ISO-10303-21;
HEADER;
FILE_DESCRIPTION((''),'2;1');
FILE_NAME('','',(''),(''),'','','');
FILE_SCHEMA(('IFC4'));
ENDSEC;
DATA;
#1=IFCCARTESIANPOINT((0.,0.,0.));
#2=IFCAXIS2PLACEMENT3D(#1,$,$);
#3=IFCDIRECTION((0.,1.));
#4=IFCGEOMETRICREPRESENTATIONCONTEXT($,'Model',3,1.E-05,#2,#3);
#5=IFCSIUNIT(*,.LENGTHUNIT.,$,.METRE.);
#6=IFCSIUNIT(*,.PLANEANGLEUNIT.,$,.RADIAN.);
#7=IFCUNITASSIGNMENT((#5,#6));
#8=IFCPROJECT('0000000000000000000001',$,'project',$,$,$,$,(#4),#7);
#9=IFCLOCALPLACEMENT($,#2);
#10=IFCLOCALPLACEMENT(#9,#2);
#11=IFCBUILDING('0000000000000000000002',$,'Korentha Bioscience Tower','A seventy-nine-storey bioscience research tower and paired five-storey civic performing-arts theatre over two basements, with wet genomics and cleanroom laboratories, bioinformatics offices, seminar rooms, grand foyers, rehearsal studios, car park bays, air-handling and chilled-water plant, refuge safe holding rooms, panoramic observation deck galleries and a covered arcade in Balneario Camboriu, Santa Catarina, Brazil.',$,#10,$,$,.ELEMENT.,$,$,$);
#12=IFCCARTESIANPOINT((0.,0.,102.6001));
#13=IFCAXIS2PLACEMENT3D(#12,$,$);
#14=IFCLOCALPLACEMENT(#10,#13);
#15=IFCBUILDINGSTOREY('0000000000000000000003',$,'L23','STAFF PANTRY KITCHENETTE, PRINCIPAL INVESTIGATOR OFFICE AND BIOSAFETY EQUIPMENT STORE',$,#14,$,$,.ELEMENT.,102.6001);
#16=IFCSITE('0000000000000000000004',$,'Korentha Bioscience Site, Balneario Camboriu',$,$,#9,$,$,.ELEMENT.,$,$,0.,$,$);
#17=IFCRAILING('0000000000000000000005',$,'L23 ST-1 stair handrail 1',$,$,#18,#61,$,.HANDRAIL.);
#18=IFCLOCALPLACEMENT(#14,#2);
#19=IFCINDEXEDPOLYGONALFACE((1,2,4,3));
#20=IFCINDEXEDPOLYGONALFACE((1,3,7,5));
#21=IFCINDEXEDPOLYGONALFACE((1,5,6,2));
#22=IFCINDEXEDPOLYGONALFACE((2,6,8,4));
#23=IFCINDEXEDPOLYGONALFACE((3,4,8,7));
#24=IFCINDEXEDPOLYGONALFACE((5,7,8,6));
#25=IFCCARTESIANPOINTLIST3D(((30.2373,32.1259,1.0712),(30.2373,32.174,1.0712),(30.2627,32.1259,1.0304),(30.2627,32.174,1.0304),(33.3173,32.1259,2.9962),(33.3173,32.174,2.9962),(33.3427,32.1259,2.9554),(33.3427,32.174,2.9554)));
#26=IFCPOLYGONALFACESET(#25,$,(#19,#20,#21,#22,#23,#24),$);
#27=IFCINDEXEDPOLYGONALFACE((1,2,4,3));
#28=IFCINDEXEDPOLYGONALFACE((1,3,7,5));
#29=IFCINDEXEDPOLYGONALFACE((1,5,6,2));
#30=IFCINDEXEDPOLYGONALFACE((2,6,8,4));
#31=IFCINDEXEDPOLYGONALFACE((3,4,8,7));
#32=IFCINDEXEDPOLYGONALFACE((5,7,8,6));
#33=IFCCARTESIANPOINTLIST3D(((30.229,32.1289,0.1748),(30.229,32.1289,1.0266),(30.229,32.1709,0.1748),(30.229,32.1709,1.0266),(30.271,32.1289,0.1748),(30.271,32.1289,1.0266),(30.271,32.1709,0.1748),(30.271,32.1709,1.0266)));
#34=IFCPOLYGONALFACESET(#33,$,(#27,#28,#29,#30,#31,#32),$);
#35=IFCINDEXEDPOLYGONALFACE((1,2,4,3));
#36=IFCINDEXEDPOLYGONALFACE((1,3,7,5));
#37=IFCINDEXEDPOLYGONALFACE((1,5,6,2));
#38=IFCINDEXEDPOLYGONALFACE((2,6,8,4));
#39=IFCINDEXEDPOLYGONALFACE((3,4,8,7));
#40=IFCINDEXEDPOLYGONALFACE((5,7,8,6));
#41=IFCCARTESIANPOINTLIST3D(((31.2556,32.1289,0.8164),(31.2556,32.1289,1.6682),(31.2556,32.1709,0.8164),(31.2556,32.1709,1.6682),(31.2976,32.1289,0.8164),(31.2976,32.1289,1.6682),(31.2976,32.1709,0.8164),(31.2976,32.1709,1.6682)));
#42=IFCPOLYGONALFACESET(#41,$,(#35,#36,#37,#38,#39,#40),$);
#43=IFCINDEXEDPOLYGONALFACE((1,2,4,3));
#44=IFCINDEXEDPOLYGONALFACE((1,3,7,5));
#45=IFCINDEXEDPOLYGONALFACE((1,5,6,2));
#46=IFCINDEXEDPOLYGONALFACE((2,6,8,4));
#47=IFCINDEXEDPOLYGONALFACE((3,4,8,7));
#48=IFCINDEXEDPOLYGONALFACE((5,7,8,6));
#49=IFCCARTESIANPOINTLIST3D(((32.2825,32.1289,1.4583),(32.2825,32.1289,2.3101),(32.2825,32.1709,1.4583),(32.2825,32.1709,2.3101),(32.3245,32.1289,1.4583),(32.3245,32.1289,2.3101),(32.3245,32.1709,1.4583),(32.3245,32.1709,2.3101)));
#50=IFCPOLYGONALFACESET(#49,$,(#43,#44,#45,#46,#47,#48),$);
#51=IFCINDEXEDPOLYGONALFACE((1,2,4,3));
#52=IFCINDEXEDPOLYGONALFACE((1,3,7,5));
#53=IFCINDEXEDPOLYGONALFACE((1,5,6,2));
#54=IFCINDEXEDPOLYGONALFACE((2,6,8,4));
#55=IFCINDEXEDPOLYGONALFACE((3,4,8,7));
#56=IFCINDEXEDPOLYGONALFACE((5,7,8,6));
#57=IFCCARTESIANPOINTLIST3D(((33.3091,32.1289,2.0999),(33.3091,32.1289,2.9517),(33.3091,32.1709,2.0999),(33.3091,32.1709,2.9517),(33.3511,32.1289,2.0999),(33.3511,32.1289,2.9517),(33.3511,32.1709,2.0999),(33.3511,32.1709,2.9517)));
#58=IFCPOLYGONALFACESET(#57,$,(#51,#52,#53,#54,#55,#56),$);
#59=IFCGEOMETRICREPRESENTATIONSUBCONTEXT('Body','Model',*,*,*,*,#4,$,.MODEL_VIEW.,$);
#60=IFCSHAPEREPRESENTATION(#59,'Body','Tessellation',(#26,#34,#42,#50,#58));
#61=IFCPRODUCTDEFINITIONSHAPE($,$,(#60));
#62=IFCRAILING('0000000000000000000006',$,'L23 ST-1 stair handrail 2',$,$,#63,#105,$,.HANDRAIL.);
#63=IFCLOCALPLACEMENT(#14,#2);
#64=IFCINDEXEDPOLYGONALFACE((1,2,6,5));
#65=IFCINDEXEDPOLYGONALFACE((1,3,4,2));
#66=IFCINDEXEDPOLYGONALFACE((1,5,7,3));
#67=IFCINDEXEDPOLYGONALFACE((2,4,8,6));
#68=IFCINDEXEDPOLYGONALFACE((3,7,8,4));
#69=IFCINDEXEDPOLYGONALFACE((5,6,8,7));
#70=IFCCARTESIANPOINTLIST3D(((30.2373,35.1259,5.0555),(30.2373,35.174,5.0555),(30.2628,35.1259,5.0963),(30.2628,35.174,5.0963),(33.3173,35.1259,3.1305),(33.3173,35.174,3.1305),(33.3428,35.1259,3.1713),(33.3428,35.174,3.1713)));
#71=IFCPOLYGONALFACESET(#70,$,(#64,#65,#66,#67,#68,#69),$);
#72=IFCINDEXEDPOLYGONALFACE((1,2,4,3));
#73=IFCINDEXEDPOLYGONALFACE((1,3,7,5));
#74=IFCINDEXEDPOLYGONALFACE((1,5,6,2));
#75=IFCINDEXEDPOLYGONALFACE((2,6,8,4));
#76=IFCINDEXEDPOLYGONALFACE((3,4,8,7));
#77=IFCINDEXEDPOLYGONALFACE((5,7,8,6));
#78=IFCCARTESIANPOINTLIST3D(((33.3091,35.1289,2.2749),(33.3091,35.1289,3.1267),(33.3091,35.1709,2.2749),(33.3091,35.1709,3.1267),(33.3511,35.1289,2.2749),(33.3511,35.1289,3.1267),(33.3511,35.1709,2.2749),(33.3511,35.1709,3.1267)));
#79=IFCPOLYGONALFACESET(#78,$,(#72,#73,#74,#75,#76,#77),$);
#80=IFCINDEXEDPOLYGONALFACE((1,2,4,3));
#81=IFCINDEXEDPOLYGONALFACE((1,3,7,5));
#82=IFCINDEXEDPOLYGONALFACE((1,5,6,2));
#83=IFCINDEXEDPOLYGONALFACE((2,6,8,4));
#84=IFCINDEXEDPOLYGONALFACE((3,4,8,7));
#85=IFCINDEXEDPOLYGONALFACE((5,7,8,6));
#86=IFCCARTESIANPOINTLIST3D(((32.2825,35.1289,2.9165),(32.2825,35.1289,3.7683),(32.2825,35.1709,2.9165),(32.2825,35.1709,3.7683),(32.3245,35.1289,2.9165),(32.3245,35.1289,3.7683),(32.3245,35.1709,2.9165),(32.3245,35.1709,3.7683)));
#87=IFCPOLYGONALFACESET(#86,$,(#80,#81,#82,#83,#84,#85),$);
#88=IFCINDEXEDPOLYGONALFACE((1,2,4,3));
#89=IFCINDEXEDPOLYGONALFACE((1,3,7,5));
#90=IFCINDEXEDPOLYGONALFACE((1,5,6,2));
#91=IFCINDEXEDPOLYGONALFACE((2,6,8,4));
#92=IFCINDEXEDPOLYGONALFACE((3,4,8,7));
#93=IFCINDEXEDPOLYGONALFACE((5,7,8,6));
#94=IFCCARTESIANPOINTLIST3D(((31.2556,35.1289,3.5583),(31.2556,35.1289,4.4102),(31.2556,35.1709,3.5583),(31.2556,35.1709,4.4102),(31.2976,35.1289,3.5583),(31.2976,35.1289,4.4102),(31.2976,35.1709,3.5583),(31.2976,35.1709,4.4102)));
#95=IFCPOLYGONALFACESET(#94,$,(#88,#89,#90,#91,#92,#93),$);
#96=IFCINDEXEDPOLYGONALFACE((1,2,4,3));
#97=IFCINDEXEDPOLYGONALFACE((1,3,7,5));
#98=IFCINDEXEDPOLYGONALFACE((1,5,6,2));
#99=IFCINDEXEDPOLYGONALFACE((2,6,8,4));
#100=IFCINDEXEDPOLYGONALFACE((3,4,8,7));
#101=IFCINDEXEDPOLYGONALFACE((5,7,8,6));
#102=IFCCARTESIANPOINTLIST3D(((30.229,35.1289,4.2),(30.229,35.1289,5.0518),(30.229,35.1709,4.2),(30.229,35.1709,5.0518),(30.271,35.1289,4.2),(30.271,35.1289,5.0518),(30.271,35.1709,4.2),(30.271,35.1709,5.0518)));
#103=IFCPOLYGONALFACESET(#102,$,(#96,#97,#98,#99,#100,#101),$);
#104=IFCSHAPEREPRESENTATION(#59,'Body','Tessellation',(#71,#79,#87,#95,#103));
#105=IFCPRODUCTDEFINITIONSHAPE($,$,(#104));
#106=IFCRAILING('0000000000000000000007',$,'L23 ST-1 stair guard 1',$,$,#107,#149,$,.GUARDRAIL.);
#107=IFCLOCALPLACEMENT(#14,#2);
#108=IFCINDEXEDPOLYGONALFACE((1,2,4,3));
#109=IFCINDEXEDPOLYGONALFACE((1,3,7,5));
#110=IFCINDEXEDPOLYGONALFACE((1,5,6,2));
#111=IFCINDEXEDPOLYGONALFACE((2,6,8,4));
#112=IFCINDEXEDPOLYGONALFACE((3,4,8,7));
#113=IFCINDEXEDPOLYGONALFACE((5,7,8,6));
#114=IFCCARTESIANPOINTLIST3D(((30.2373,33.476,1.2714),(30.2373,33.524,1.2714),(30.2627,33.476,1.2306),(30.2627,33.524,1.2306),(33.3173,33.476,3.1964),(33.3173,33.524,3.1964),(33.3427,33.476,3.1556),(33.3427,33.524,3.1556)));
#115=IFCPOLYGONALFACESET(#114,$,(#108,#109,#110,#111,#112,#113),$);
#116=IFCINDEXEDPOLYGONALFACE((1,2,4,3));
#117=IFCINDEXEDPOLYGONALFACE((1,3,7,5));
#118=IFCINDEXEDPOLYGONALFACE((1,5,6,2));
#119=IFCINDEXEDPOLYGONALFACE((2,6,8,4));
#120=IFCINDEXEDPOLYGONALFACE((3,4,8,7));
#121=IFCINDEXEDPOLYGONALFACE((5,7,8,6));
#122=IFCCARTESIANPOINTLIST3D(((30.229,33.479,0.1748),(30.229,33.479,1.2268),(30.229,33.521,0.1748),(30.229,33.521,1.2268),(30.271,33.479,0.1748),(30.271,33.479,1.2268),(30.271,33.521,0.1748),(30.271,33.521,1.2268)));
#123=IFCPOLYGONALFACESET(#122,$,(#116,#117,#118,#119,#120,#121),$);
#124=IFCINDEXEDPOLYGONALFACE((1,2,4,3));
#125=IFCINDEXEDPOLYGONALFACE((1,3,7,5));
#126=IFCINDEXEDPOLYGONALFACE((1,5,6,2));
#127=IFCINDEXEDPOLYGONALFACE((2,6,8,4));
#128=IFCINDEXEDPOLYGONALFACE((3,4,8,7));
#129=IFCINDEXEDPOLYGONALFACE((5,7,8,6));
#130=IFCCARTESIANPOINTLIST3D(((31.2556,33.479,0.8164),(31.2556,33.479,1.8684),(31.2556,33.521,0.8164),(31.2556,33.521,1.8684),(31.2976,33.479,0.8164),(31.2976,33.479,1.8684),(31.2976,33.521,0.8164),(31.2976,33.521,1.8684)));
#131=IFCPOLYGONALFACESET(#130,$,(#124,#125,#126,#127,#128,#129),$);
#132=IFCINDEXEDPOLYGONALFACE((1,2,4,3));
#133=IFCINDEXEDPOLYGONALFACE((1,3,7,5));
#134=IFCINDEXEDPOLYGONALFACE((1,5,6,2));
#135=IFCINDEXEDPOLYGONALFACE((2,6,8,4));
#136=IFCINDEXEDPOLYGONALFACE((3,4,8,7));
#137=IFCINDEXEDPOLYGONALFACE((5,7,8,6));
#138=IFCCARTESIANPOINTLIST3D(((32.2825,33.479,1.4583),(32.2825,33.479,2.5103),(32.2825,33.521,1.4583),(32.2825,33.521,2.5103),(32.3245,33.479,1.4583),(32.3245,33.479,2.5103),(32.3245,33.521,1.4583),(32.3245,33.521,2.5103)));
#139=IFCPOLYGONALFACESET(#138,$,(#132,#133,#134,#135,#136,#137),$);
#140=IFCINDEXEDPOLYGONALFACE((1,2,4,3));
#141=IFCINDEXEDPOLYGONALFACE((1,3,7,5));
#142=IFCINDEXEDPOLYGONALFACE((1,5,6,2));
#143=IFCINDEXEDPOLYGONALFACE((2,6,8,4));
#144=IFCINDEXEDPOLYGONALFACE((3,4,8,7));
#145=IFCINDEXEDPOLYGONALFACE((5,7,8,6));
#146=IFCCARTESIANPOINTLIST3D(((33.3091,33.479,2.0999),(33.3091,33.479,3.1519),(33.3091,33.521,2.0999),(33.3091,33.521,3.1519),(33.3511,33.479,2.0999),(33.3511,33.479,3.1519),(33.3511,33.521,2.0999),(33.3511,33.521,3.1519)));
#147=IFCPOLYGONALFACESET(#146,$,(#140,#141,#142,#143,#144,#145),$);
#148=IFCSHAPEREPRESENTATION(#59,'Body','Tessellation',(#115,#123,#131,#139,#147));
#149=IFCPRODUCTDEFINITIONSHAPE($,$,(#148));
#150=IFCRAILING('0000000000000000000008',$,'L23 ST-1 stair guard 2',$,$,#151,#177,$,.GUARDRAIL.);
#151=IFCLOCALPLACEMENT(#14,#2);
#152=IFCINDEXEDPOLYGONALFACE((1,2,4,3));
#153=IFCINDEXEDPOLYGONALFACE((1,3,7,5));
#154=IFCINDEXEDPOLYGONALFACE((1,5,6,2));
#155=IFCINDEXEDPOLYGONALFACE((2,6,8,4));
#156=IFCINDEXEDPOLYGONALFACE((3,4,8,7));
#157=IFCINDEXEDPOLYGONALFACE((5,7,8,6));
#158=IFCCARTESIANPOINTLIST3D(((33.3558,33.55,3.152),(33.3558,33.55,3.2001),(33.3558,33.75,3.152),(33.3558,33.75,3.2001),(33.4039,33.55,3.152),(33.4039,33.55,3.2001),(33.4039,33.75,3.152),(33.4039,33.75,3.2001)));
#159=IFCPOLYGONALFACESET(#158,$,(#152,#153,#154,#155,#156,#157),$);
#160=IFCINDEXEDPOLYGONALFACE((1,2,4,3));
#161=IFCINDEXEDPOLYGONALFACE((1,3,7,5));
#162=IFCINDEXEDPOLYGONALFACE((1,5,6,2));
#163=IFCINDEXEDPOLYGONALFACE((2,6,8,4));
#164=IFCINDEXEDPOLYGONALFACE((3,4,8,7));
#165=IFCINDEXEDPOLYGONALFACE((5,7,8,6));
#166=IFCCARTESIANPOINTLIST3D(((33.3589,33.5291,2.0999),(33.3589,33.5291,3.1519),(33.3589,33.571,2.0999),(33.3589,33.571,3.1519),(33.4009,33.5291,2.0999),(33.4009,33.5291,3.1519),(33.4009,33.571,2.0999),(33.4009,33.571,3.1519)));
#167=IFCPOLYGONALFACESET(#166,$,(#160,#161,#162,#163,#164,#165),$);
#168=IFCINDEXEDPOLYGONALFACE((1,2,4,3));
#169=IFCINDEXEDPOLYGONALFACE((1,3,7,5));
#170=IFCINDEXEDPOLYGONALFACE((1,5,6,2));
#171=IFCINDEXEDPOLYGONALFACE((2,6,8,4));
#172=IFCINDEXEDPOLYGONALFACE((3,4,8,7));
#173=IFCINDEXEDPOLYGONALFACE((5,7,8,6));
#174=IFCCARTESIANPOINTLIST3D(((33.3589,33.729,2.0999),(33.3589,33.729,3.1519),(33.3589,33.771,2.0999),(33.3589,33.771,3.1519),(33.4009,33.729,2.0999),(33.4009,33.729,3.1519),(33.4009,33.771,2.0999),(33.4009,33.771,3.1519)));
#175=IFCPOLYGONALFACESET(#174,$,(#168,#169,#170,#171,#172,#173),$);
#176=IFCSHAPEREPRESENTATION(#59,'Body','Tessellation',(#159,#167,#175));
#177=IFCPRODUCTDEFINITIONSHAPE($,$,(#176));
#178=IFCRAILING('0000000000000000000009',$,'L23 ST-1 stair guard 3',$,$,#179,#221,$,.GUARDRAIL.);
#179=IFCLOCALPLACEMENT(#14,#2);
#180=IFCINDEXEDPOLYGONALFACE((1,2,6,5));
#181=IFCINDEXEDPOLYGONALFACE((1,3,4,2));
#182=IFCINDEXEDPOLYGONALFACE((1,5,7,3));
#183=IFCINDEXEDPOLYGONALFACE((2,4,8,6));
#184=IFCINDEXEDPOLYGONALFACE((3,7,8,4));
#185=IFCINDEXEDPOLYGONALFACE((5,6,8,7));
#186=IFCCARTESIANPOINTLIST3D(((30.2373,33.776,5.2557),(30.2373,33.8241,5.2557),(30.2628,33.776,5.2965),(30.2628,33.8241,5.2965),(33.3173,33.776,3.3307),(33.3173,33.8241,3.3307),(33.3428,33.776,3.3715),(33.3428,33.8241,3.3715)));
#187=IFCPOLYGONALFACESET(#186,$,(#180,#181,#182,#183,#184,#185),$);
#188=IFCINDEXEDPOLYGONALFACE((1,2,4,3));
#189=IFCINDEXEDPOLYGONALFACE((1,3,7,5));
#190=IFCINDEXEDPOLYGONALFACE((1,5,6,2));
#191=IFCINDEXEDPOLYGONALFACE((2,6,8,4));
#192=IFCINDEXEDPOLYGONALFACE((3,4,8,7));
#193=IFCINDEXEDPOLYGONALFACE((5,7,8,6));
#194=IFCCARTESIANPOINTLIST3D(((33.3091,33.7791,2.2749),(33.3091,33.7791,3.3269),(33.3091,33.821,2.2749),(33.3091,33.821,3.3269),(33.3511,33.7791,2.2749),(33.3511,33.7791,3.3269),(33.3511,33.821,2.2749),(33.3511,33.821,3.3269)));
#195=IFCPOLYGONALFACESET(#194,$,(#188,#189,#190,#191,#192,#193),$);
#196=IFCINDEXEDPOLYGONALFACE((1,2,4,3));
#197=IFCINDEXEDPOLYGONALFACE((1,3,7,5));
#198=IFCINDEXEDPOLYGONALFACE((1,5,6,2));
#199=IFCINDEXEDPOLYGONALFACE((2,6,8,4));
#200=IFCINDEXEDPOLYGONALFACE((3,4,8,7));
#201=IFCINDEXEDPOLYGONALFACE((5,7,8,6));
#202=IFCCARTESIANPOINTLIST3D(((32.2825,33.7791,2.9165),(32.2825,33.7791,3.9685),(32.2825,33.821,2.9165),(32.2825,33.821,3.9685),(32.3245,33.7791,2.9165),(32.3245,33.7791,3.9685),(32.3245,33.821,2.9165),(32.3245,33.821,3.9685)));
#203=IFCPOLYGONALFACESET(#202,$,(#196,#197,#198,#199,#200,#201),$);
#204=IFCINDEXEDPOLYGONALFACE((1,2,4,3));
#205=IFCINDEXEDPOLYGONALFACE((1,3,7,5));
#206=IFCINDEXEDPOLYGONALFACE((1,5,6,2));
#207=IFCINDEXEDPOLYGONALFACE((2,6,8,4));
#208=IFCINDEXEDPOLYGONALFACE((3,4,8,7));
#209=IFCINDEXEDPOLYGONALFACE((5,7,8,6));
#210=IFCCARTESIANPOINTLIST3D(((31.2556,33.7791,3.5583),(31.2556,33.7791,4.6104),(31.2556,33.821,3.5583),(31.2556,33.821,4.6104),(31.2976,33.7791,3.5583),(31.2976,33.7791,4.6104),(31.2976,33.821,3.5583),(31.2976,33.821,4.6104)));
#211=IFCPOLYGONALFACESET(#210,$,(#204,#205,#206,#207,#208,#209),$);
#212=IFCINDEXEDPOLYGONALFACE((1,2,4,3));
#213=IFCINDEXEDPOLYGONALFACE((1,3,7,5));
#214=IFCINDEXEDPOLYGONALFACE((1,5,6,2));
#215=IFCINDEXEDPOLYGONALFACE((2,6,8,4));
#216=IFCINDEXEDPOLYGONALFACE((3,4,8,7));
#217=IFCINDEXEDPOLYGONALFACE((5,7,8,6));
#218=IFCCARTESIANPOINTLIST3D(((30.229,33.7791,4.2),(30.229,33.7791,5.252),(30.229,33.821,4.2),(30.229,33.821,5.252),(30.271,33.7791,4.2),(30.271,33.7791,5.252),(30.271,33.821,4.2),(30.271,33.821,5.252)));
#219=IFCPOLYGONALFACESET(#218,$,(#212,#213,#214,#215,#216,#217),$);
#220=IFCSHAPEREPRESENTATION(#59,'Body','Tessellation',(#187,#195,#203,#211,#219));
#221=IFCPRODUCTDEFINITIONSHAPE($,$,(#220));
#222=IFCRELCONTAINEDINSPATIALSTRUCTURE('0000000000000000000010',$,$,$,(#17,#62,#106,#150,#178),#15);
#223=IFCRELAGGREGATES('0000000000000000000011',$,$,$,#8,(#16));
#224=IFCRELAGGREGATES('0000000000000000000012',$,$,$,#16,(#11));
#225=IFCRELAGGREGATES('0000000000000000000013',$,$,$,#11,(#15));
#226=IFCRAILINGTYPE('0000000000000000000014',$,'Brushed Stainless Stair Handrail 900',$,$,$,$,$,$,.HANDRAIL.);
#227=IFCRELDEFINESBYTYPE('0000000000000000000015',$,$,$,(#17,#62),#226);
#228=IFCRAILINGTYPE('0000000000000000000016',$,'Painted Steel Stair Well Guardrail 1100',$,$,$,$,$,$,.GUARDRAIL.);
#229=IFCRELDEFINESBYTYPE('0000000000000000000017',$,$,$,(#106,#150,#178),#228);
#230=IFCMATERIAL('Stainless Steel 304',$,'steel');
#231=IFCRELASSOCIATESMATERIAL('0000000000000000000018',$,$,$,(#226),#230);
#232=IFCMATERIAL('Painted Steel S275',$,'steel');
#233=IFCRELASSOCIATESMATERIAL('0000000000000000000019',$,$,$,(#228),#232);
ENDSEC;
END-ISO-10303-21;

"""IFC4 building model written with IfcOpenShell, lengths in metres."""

from ifc_helpers import new_model, si_unit, direction, frame, origin, origin_2d, place, context, subcontext, project, spatial, rectangle, extrude, material, type_object, element, save


model = new_model("IFC4")

# Units and contexts
model_context = context("Model", 3, precision=1e-05, world=origin(), true_north=direction((0.0, 1.0)))
body_context = subcontext(model_context, "Body", "Model", "MODEL_VIEW")
ifc_project = project(units=[si_unit("LENGTHUNIT", "METRE"), si_unit("PLANEANGLEUNIT", "RADIAN")], contexts=[model_context])

# Site, building, storey
site_placement = place(None, origin())
site = spatial("IfcSite", under=ifc_project, at=site_placement, Name="Korentha Bioscience Site, Balneario Camboriu", CompositionType="ELEMENT", RefElevation=0.0)
building_placement = place(site_placement, origin())
building = spatial("IfcBuilding", under=site, at=building_placement, Name="Korentha Bioscience Tower", Description="A seventy-nine-storey bioscience research tower and paired five-storey civic performing-arts theatre over two basements, with wet genomics and cleanroom laboratories, bioinformatics offices, seminar rooms, grand foyers, rehearsal studios, car park bays, air-handling and chilled-water plant, refuge safe holding rooms, panoramic observation deck galleries and a covered arcade in Balneario Camboriu, Santa Catarina, Brazil.", CompositionType="ELEMENT")
storey_placement = place(building_placement, frame((0.0, 0.0, 102.6001)))
storey = spatial("IfcBuildingStorey", under=building, at=storey_placement, Name="L23", Description="STAFF PANTRY KITCHENETTE, PRINCIPAL INVESTIGATOR OFFICE AND BIOSAFETY EQUIPMENT STORE", CompositionType="ELEMENT", Elevation=102.6001)

# Railings
ifc_material_1 = material(Name="Stainless Steel 304", Category="steel")
railing_type_1 = type_object("IfcRailingType", Name="Brushed Stainless Stair Handrail 900", PredefinedType="HANDRAIL", material=ifc_material_1)
railing_1_placement = place(storey_placement, frame((30.25, 32.1499, 0.1748)))
element("IfcRailing", 1, at=railing_1_placement, inside=storey, type_object=railing_type_1, Name="L23 ST-1 stair handrail 1", PredefinedType="HANDRAIL", context=body_context, shape_type="SweptSolid", body=[
    extrude(rectangle(XDim=0.0481, YDim=0.0481, at=origin_2d()), frame((0.0, 0.0, 0.876), z_axis=(0.847998, 0.0, 0.529999), x_axis=(0.0, 1.0, 0.0)), (0.0, 0.0, 1.0), 3.6321),
    extrude(rectangle(XDim=0.042, YDim=0.042, at=origin_2d()), origin(), (0.0, 0.0, 1.0), 0.8518),
    extrude(rectangle(XDim=0.042, YDim=0.042, at=origin_2d()), frame((1.0266, 0.0, 0.6416)), (0.0, 0.0, 1.0), 0.8518),
    extrude(rectangle(XDim=0.042, YDim=0.042, at=origin_2d()), frame((2.0535, 0.0, 1.2834)), (0.0, 0.0, 1.0), 0.8518),
    extrude(rectangle(XDim=0.042, YDim=0.042, at=origin_2d()), frame((3.0801, 0.0, 1.925)), (0.0, 0.0, 1.0), 0.8518),
])
railing_2_placement = place(storey_placement, frame((33.3301, 35.1499, 2.2749)))
element("IfcRailing", 2, at=railing_2_placement, inside=storey, type_object=railing_type_1, Name="L23 ST-1 stair handrail 2", PredefinedType="HANDRAIL", context=body_context, shape_type="SweptSolid", body=[
    extrude(rectangle(XDim=0.0481, YDim=0.0481, at=origin_2d()), frame((0.0, 0.0, 0.876), z_axis=(-0.847998, 0.0, 0.529999), x_axis=(0.0, -1.0, 0.0)), (0.0, 0.0, 1.0), 3.6321),
    extrude(rectangle(XDim=0.042, YDim=0.042, at=origin_2d()), origin(), (0.0, 0.0, 1.0), 0.8518),
    extrude(rectangle(XDim=0.042, YDim=0.042, at=origin_2d()), frame((-1.0266, 0.0, 0.6416)), (0.0, 0.0, 1.0), 0.8518),
    extrude(rectangle(XDim=0.042, YDim=0.042, at=origin_2d()), frame((-2.0535, 0.0, 1.2834)), (0.0, 0.0, 1.0), 0.8518),
    extrude(rectangle(XDim=0.042, YDim=0.042, at=origin_2d()), frame((-3.0801, 0.0, 1.925)), (0.0, 0.0, 1.0), 0.8518),
])
ifc_material_2 = material(Name="Painted Steel S275", Category="steel")
railing_type_2 = type_object("IfcRailingType", Name="Painted Steel Stair Well Guardrail 1100", PredefinedType="GUARDRAIL", material=ifc_material_2)
railing_3_placement = place(storey_placement, frame((30.25, 33.5, 0.1748)))
element("IfcRailing", 3, at=railing_3_placement, inside=storey, type_object=railing_type_2, Name="L23 ST-1 stair guard 1", PredefinedType="GUARDRAIL", context=body_context, shape_type="SweptSolid", body=[
    extrude(rectangle(XDim=0.0481, YDim=0.0481, at=origin_2d()), frame((0.0, 0.0, 1.0762), z_axis=(0.847998, 0.0, 0.529999), x_axis=(0.0, 1.0, 0.0)), (0.0, 0.0, 1.0), 3.6321),
    extrude(rectangle(XDim=0.042, YDim=0.042, at=origin_2d()), origin(), (0.0, 0.0, 1.0), 1.052),
    extrude(rectangle(XDim=0.042, YDim=0.042, at=origin_2d()), frame((1.0266, 0.0, 0.6416)), (0.0, 0.0, 1.0), 1.052),
    extrude(rectangle(XDim=0.042, YDim=0.042, at=origin_2d()), frame((2.0535, 0.0, 1.2834)), (0.0, 0.0, 1.0), 1.052),
    extrude(rectangle(XDim=0.042, YDim=0.042, at=origin_2d()), frame((3.0801, 0.0, 1.925)), (0.0, 0.0, 1.0), 1.052),
])
railing_4_placement = place(storey_placement, frame((33.3799, 33.55, 2.0999)))
element("IfcRailing", 4, at=railing_4_placement, inside=storey, type_object=railing_type_2, Name="L23 ST-1 stair guard 2", PredefinedType="GUARDRAIL", context=body_context, shape_type="SweptSolid", body=[
    extrude(rectangle(XDim=0.0481, YDim=0.0481, at=origin_2d()), frame((0.0, 0.0, 1.0762), z_axis=(0.0, 1.0, 0.0), x_axis=(-1.0, 0.0, 0.0)), (0.0, 0.0, 1.0), 0.2),
    extrude(rectangle(XDim=0.042, YDim=0.042, at=origin_2d()), origin(), (0.0, 0.0, 1.0), 1.052),
    extrude(rectangle(XDim=0.042, YDim=0.042, at=origin_2d()), frame((0.0, 0.2, 0.0)), (0.0, 0.0, 1.0), 1.052),
])
railing_5_placement = place(storey_placement, frame((33.3301, 33.8, 2.2749)))
element("IfcRailing", 5, at=railing_5_placement, inside=storey, type_object=railing_type_2, Name="L23 ST-1 stair guard 3", PredefinedType="GUARDRAIL", context=body_context, shape_type="SweptSolid", body=[
    extrude(rectangle(XDim=0.0481, YDim=0.0481, at=origin_2d()), frame((0.0, 0.0, 1.0762), z_axis=(-0.847998, 0.0, 0.529999), x_axis=(0.0, -1.0, 0.0)), (0.0, 0.0, 1.0), 3.6321),
    extrude(rectangle(XDim=0.042, YDim=0.042, at=origin_2d()), origin(), (0.0, 0.0, 1.0), 1.052),
    extrude(rectangle(XDim=0.042, YDim=0.042, at=origin_2d()), frame((-1.0266, 0.0, 0.6416)), (0.0, 0.0, 1.0), 1.052),
    extrude(rectangle(XDim=0.042, YDim=0.042, at=origin_2d()), frame((-2.0535, 0.0, 1.2834)), (0.0, 0.0, 1.0), 1.052),
    extrude(rectangle(XDim=0.042, YDim=0.042, at=origin_2d()), frame((-3.0801, 0.0, 1.925)), (0.0, 0.0, 1.0), 1.052),
])

save(model, "model.ifc")
